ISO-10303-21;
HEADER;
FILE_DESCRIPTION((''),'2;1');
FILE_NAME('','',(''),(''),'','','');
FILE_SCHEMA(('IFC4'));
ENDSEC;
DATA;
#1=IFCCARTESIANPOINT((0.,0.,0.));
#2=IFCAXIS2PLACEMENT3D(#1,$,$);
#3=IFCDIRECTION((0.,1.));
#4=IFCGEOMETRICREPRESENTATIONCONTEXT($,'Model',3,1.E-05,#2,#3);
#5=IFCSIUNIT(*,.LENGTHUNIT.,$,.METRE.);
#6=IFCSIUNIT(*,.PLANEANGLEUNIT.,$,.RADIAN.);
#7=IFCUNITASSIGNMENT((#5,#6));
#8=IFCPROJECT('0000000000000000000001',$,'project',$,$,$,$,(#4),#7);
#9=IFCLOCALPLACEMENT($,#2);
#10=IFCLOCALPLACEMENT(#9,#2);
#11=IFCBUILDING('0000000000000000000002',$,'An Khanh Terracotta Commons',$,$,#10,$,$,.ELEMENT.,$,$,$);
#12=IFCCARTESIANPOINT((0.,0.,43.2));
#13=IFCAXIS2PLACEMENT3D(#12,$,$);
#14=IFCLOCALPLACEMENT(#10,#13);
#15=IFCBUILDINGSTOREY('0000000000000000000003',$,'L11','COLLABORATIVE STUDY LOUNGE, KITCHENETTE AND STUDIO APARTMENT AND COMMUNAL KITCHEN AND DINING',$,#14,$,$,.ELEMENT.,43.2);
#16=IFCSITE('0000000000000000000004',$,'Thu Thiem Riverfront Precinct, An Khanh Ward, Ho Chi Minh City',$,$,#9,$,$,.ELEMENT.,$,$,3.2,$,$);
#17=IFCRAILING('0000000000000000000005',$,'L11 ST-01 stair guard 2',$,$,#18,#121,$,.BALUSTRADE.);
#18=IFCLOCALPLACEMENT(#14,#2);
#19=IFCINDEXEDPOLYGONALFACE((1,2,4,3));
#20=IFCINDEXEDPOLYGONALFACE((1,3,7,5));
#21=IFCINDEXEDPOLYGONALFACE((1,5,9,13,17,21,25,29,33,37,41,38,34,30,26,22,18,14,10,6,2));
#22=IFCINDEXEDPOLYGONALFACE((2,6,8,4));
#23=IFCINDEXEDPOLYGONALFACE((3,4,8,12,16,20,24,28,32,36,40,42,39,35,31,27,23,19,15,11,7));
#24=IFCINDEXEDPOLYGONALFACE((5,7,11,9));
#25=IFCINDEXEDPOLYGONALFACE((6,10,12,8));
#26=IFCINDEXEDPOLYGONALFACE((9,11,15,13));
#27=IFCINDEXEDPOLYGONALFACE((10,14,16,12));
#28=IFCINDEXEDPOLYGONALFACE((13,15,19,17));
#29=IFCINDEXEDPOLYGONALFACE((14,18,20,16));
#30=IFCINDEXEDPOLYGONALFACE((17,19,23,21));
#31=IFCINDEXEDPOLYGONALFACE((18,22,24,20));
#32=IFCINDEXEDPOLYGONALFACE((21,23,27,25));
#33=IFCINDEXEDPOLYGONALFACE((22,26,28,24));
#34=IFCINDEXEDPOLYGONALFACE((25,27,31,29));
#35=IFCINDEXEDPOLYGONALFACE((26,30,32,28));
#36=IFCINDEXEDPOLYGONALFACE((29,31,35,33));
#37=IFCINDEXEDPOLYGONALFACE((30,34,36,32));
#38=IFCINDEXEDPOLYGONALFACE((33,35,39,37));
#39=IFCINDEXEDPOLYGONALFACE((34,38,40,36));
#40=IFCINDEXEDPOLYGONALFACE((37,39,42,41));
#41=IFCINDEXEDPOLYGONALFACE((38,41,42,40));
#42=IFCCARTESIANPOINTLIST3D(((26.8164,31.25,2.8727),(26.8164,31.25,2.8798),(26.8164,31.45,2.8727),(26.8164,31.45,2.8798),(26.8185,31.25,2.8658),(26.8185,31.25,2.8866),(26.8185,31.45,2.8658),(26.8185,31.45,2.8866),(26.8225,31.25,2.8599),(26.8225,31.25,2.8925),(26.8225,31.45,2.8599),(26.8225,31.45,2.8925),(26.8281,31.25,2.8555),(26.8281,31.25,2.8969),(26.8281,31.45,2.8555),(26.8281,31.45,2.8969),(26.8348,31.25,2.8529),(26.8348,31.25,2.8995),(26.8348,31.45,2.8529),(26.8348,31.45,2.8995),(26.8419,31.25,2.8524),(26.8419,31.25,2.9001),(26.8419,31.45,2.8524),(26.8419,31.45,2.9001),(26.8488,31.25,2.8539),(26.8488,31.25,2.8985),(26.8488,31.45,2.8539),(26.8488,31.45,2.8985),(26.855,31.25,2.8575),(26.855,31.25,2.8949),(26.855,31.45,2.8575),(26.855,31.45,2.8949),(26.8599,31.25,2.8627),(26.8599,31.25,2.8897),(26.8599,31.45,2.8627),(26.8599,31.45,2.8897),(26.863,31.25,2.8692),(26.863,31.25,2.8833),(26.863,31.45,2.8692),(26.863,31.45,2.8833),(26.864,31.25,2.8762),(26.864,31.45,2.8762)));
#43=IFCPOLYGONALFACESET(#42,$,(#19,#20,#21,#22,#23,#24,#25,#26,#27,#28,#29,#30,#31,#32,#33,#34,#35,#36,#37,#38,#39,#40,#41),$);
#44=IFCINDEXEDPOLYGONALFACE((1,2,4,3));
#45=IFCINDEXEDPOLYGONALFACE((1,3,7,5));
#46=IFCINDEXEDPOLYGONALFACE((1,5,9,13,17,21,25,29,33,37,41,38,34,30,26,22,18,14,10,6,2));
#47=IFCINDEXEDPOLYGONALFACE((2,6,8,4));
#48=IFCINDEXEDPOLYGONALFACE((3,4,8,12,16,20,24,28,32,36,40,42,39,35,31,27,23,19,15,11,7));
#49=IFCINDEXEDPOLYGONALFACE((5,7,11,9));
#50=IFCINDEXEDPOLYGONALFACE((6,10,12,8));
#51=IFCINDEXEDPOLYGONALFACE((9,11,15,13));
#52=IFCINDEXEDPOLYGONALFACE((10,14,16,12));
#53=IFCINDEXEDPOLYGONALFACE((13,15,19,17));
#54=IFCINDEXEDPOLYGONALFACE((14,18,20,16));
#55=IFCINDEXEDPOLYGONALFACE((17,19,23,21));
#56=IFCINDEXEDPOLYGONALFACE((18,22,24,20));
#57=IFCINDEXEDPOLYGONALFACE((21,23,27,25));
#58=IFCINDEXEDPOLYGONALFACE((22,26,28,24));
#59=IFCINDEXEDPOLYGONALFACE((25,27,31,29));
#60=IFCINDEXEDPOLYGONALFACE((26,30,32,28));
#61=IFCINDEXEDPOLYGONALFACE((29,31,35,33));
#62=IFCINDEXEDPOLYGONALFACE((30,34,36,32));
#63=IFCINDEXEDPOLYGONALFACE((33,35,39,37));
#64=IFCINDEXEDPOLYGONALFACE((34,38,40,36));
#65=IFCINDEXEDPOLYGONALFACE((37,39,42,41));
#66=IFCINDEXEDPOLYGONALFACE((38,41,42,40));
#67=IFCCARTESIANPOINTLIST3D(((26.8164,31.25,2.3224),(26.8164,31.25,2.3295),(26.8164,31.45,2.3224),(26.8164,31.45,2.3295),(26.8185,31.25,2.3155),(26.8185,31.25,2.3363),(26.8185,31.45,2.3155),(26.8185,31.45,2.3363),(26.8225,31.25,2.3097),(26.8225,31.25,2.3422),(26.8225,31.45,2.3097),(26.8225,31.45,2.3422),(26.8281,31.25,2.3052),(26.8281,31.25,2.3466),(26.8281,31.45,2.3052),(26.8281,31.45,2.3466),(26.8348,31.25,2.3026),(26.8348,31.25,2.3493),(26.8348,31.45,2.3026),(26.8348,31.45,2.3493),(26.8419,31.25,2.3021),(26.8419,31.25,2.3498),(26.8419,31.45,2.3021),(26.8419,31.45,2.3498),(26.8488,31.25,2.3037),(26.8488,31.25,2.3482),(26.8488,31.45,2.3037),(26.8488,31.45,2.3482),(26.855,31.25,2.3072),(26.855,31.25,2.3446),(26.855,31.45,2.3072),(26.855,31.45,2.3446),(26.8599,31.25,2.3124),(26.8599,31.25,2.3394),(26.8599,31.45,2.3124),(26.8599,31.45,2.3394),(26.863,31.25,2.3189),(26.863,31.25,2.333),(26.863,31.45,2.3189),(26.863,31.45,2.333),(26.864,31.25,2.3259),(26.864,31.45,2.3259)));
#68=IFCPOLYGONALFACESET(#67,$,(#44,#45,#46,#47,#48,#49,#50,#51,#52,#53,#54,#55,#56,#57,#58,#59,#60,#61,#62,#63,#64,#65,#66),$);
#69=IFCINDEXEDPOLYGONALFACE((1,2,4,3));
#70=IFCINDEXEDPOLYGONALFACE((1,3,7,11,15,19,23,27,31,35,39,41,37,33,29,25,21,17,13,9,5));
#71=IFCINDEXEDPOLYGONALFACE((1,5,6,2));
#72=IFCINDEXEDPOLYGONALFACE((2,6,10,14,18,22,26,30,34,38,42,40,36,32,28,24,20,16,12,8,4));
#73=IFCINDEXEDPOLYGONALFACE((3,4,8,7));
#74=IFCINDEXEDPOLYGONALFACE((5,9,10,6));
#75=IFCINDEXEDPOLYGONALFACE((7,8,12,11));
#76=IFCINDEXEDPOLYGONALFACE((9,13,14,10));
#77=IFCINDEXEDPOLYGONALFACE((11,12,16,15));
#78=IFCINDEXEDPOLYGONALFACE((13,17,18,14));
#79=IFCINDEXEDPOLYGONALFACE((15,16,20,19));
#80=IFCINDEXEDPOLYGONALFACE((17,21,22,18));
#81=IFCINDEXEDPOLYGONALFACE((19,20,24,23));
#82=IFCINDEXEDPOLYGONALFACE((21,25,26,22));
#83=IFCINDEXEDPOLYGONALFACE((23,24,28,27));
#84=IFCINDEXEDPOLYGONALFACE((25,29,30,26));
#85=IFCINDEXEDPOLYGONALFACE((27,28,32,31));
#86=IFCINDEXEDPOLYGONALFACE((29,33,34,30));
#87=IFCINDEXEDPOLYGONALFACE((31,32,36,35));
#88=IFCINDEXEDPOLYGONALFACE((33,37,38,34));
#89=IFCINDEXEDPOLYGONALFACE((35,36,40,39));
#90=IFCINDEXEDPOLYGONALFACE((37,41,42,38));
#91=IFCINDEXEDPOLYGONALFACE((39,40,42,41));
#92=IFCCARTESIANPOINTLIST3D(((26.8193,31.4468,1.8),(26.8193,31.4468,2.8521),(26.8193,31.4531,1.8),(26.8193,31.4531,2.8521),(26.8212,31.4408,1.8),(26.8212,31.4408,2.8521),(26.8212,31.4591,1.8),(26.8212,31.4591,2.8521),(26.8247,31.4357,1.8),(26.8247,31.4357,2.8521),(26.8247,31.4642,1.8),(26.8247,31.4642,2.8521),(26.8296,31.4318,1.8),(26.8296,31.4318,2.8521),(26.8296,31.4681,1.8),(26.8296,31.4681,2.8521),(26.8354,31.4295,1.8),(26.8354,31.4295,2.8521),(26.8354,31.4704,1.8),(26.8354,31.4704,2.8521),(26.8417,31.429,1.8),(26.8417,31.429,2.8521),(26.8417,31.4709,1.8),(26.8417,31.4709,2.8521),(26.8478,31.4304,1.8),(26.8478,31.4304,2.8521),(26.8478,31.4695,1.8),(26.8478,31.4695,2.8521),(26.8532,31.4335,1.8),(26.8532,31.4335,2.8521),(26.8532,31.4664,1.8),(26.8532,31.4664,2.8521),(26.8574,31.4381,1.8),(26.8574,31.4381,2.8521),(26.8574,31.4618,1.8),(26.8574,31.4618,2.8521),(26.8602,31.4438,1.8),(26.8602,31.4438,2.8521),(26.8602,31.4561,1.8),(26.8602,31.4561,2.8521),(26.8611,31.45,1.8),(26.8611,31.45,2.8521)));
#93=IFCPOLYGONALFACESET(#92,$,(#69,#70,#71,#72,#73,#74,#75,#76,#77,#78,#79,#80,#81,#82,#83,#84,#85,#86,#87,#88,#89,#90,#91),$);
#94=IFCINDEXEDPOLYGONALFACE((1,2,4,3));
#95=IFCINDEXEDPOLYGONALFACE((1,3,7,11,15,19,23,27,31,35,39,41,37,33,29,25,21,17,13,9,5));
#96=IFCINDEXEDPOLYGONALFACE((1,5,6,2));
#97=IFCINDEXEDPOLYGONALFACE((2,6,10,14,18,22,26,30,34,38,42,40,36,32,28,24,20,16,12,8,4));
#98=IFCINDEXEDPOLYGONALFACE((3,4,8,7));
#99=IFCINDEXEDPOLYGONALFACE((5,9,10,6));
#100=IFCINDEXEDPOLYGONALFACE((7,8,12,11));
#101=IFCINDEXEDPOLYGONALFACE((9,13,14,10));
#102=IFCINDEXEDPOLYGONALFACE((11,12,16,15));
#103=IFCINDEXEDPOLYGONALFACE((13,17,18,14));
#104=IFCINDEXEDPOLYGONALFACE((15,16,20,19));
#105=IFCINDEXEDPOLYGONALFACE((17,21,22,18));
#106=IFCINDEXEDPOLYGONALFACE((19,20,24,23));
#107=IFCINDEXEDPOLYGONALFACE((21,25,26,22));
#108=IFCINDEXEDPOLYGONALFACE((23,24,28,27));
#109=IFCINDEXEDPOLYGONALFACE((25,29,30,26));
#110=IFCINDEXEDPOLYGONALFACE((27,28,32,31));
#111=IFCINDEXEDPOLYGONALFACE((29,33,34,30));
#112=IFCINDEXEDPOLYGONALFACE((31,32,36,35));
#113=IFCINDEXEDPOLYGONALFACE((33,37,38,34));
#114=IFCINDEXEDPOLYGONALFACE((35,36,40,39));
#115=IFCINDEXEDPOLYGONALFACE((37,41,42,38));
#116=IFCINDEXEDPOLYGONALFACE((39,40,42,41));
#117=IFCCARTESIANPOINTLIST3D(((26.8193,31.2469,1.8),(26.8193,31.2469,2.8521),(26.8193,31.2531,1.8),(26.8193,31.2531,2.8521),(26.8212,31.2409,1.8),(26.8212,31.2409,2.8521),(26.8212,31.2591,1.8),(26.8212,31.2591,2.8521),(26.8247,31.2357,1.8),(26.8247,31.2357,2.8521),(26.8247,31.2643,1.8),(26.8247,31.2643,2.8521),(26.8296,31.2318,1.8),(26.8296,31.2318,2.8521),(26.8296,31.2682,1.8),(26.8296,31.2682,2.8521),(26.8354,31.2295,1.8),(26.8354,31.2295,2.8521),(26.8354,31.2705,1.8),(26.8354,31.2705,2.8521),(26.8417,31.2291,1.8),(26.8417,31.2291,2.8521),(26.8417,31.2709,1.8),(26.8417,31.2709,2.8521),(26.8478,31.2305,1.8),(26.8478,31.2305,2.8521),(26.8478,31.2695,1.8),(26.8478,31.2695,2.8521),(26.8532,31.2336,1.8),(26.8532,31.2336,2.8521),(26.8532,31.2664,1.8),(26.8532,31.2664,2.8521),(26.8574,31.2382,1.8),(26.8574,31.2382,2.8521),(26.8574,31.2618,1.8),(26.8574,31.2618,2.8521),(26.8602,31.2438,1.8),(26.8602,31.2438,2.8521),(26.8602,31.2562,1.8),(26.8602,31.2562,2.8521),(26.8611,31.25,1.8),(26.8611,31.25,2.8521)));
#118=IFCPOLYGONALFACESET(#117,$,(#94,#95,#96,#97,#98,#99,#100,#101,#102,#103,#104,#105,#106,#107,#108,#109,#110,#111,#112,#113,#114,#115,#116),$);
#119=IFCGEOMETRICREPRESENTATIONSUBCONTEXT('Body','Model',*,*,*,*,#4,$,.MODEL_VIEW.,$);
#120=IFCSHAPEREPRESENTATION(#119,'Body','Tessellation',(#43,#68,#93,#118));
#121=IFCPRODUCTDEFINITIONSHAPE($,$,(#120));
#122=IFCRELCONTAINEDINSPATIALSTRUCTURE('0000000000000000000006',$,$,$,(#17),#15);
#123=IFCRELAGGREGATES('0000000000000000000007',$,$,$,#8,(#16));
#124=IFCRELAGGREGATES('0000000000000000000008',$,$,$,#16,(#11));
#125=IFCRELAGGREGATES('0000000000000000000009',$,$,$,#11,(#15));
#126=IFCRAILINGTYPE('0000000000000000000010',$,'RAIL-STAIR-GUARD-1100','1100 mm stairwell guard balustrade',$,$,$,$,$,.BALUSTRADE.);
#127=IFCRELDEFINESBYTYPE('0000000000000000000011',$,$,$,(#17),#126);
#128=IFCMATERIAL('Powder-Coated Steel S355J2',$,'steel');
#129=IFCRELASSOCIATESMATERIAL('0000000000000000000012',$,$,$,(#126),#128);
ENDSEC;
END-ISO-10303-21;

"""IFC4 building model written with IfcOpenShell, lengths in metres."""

from ifc_helpers import new_model, si_unit, direction, frame, origin, origin_2d, place, context, subcontext, project, spatial, circle, extrude, material, type_object, element, save


model = new_model("IFC4")

# Units and contexts
model_context = context("Model", 3, precision=1e-05, world=origin(), true_north=direction((0.0, 1.0)))
body_context = subcontext(model_context, "Body", "Model", "MODEL_VIEW")
ifc_project = project(units=[si_unit("LENGTHUNIT", "METRE"), si_unit("PLANEANGLEUNIT", "RADIAN")], contexts=[model_context])

# Site, building, storey
site_placement = place(None, origin())
site = spatial("IfcSite", under=ifc_project, at=site_placement, Name="Thu Thiem Riverfront Precinct, An Khanh Ward, Ho Chi Minh City", CompositionType="ELEMENT", RefElevation=3.2)
building_placement = place(site_placement, origin())
building = spatial("IfcBuilding", under=site, at=building_placement, Name="An Khanh Terracotta Commons", CompositionType="ELEMENT")
storey_placement = place(building_placement, frame((0.0, 0.0, 43.2)))
storey = spatial("IfcBuildingStorey", under=building, at=storey_placement, Name="L11", Description="COLLABORATIVE STUDY LOUNGE, KITCHENETTE AND STUDIO APARTMENT AND COMMUNAL KITCHEN AND DINING", CompositionType="ELEMENT", Elevation=43.2)

# Railing
ifc_material_1 = material(Name="Powder-Coated Steel S355J2", Category="steel")
railing_type_1 = type_object("IfcRailingType", Name="RAIL-STAIR-GUARD-1100", Description="1100 mm stairwell guard balustrade", PredefinedType="BALUSTRADE", material=ifc_material_1)
railing_1_placement = place(storey_placement, frame((26.8401, 31.45, 1.8)))
element("IfcRailing", 1, at=railing_1_placement, inside=storey, type_object=railing_type_1, Name="L11 ST-01 stair guard 2", PredefinedType="BALUSTRADE", context=body_context, shape_type="SweptSolid", body=[
    extrude(circle(Radius=0.0239, at=origin_2d()), frame((0.0, 0.0, 1.0762), z_axis=(0.0, -1.0, 0.0), x_axis=(1.0, 0.0, 0.0)), (0.0, 0.0, 1.0), 0.2),
    extrude(circle(Radius=0.0239, at=origin_2d()), frame((0.0, 0.0, 0.5259), z_axis=(0.0, -1.0, 0.0), x_axis=(1.0, 0.0, 0.0)), (0.0, 0.0, 1.0), 0.2),
    extrude(circle(Radius=0.021, at=origin_2d()), origin(), (0.0, 0.0, 1.0), 1.052),
    extrude(circle(Radius=0.021, at=origin_2d()), frame((0.0, -0.2, 0.0)), (0.0, 0.0, 1.0), 1.052),
])

save(model, "model.ifc")
